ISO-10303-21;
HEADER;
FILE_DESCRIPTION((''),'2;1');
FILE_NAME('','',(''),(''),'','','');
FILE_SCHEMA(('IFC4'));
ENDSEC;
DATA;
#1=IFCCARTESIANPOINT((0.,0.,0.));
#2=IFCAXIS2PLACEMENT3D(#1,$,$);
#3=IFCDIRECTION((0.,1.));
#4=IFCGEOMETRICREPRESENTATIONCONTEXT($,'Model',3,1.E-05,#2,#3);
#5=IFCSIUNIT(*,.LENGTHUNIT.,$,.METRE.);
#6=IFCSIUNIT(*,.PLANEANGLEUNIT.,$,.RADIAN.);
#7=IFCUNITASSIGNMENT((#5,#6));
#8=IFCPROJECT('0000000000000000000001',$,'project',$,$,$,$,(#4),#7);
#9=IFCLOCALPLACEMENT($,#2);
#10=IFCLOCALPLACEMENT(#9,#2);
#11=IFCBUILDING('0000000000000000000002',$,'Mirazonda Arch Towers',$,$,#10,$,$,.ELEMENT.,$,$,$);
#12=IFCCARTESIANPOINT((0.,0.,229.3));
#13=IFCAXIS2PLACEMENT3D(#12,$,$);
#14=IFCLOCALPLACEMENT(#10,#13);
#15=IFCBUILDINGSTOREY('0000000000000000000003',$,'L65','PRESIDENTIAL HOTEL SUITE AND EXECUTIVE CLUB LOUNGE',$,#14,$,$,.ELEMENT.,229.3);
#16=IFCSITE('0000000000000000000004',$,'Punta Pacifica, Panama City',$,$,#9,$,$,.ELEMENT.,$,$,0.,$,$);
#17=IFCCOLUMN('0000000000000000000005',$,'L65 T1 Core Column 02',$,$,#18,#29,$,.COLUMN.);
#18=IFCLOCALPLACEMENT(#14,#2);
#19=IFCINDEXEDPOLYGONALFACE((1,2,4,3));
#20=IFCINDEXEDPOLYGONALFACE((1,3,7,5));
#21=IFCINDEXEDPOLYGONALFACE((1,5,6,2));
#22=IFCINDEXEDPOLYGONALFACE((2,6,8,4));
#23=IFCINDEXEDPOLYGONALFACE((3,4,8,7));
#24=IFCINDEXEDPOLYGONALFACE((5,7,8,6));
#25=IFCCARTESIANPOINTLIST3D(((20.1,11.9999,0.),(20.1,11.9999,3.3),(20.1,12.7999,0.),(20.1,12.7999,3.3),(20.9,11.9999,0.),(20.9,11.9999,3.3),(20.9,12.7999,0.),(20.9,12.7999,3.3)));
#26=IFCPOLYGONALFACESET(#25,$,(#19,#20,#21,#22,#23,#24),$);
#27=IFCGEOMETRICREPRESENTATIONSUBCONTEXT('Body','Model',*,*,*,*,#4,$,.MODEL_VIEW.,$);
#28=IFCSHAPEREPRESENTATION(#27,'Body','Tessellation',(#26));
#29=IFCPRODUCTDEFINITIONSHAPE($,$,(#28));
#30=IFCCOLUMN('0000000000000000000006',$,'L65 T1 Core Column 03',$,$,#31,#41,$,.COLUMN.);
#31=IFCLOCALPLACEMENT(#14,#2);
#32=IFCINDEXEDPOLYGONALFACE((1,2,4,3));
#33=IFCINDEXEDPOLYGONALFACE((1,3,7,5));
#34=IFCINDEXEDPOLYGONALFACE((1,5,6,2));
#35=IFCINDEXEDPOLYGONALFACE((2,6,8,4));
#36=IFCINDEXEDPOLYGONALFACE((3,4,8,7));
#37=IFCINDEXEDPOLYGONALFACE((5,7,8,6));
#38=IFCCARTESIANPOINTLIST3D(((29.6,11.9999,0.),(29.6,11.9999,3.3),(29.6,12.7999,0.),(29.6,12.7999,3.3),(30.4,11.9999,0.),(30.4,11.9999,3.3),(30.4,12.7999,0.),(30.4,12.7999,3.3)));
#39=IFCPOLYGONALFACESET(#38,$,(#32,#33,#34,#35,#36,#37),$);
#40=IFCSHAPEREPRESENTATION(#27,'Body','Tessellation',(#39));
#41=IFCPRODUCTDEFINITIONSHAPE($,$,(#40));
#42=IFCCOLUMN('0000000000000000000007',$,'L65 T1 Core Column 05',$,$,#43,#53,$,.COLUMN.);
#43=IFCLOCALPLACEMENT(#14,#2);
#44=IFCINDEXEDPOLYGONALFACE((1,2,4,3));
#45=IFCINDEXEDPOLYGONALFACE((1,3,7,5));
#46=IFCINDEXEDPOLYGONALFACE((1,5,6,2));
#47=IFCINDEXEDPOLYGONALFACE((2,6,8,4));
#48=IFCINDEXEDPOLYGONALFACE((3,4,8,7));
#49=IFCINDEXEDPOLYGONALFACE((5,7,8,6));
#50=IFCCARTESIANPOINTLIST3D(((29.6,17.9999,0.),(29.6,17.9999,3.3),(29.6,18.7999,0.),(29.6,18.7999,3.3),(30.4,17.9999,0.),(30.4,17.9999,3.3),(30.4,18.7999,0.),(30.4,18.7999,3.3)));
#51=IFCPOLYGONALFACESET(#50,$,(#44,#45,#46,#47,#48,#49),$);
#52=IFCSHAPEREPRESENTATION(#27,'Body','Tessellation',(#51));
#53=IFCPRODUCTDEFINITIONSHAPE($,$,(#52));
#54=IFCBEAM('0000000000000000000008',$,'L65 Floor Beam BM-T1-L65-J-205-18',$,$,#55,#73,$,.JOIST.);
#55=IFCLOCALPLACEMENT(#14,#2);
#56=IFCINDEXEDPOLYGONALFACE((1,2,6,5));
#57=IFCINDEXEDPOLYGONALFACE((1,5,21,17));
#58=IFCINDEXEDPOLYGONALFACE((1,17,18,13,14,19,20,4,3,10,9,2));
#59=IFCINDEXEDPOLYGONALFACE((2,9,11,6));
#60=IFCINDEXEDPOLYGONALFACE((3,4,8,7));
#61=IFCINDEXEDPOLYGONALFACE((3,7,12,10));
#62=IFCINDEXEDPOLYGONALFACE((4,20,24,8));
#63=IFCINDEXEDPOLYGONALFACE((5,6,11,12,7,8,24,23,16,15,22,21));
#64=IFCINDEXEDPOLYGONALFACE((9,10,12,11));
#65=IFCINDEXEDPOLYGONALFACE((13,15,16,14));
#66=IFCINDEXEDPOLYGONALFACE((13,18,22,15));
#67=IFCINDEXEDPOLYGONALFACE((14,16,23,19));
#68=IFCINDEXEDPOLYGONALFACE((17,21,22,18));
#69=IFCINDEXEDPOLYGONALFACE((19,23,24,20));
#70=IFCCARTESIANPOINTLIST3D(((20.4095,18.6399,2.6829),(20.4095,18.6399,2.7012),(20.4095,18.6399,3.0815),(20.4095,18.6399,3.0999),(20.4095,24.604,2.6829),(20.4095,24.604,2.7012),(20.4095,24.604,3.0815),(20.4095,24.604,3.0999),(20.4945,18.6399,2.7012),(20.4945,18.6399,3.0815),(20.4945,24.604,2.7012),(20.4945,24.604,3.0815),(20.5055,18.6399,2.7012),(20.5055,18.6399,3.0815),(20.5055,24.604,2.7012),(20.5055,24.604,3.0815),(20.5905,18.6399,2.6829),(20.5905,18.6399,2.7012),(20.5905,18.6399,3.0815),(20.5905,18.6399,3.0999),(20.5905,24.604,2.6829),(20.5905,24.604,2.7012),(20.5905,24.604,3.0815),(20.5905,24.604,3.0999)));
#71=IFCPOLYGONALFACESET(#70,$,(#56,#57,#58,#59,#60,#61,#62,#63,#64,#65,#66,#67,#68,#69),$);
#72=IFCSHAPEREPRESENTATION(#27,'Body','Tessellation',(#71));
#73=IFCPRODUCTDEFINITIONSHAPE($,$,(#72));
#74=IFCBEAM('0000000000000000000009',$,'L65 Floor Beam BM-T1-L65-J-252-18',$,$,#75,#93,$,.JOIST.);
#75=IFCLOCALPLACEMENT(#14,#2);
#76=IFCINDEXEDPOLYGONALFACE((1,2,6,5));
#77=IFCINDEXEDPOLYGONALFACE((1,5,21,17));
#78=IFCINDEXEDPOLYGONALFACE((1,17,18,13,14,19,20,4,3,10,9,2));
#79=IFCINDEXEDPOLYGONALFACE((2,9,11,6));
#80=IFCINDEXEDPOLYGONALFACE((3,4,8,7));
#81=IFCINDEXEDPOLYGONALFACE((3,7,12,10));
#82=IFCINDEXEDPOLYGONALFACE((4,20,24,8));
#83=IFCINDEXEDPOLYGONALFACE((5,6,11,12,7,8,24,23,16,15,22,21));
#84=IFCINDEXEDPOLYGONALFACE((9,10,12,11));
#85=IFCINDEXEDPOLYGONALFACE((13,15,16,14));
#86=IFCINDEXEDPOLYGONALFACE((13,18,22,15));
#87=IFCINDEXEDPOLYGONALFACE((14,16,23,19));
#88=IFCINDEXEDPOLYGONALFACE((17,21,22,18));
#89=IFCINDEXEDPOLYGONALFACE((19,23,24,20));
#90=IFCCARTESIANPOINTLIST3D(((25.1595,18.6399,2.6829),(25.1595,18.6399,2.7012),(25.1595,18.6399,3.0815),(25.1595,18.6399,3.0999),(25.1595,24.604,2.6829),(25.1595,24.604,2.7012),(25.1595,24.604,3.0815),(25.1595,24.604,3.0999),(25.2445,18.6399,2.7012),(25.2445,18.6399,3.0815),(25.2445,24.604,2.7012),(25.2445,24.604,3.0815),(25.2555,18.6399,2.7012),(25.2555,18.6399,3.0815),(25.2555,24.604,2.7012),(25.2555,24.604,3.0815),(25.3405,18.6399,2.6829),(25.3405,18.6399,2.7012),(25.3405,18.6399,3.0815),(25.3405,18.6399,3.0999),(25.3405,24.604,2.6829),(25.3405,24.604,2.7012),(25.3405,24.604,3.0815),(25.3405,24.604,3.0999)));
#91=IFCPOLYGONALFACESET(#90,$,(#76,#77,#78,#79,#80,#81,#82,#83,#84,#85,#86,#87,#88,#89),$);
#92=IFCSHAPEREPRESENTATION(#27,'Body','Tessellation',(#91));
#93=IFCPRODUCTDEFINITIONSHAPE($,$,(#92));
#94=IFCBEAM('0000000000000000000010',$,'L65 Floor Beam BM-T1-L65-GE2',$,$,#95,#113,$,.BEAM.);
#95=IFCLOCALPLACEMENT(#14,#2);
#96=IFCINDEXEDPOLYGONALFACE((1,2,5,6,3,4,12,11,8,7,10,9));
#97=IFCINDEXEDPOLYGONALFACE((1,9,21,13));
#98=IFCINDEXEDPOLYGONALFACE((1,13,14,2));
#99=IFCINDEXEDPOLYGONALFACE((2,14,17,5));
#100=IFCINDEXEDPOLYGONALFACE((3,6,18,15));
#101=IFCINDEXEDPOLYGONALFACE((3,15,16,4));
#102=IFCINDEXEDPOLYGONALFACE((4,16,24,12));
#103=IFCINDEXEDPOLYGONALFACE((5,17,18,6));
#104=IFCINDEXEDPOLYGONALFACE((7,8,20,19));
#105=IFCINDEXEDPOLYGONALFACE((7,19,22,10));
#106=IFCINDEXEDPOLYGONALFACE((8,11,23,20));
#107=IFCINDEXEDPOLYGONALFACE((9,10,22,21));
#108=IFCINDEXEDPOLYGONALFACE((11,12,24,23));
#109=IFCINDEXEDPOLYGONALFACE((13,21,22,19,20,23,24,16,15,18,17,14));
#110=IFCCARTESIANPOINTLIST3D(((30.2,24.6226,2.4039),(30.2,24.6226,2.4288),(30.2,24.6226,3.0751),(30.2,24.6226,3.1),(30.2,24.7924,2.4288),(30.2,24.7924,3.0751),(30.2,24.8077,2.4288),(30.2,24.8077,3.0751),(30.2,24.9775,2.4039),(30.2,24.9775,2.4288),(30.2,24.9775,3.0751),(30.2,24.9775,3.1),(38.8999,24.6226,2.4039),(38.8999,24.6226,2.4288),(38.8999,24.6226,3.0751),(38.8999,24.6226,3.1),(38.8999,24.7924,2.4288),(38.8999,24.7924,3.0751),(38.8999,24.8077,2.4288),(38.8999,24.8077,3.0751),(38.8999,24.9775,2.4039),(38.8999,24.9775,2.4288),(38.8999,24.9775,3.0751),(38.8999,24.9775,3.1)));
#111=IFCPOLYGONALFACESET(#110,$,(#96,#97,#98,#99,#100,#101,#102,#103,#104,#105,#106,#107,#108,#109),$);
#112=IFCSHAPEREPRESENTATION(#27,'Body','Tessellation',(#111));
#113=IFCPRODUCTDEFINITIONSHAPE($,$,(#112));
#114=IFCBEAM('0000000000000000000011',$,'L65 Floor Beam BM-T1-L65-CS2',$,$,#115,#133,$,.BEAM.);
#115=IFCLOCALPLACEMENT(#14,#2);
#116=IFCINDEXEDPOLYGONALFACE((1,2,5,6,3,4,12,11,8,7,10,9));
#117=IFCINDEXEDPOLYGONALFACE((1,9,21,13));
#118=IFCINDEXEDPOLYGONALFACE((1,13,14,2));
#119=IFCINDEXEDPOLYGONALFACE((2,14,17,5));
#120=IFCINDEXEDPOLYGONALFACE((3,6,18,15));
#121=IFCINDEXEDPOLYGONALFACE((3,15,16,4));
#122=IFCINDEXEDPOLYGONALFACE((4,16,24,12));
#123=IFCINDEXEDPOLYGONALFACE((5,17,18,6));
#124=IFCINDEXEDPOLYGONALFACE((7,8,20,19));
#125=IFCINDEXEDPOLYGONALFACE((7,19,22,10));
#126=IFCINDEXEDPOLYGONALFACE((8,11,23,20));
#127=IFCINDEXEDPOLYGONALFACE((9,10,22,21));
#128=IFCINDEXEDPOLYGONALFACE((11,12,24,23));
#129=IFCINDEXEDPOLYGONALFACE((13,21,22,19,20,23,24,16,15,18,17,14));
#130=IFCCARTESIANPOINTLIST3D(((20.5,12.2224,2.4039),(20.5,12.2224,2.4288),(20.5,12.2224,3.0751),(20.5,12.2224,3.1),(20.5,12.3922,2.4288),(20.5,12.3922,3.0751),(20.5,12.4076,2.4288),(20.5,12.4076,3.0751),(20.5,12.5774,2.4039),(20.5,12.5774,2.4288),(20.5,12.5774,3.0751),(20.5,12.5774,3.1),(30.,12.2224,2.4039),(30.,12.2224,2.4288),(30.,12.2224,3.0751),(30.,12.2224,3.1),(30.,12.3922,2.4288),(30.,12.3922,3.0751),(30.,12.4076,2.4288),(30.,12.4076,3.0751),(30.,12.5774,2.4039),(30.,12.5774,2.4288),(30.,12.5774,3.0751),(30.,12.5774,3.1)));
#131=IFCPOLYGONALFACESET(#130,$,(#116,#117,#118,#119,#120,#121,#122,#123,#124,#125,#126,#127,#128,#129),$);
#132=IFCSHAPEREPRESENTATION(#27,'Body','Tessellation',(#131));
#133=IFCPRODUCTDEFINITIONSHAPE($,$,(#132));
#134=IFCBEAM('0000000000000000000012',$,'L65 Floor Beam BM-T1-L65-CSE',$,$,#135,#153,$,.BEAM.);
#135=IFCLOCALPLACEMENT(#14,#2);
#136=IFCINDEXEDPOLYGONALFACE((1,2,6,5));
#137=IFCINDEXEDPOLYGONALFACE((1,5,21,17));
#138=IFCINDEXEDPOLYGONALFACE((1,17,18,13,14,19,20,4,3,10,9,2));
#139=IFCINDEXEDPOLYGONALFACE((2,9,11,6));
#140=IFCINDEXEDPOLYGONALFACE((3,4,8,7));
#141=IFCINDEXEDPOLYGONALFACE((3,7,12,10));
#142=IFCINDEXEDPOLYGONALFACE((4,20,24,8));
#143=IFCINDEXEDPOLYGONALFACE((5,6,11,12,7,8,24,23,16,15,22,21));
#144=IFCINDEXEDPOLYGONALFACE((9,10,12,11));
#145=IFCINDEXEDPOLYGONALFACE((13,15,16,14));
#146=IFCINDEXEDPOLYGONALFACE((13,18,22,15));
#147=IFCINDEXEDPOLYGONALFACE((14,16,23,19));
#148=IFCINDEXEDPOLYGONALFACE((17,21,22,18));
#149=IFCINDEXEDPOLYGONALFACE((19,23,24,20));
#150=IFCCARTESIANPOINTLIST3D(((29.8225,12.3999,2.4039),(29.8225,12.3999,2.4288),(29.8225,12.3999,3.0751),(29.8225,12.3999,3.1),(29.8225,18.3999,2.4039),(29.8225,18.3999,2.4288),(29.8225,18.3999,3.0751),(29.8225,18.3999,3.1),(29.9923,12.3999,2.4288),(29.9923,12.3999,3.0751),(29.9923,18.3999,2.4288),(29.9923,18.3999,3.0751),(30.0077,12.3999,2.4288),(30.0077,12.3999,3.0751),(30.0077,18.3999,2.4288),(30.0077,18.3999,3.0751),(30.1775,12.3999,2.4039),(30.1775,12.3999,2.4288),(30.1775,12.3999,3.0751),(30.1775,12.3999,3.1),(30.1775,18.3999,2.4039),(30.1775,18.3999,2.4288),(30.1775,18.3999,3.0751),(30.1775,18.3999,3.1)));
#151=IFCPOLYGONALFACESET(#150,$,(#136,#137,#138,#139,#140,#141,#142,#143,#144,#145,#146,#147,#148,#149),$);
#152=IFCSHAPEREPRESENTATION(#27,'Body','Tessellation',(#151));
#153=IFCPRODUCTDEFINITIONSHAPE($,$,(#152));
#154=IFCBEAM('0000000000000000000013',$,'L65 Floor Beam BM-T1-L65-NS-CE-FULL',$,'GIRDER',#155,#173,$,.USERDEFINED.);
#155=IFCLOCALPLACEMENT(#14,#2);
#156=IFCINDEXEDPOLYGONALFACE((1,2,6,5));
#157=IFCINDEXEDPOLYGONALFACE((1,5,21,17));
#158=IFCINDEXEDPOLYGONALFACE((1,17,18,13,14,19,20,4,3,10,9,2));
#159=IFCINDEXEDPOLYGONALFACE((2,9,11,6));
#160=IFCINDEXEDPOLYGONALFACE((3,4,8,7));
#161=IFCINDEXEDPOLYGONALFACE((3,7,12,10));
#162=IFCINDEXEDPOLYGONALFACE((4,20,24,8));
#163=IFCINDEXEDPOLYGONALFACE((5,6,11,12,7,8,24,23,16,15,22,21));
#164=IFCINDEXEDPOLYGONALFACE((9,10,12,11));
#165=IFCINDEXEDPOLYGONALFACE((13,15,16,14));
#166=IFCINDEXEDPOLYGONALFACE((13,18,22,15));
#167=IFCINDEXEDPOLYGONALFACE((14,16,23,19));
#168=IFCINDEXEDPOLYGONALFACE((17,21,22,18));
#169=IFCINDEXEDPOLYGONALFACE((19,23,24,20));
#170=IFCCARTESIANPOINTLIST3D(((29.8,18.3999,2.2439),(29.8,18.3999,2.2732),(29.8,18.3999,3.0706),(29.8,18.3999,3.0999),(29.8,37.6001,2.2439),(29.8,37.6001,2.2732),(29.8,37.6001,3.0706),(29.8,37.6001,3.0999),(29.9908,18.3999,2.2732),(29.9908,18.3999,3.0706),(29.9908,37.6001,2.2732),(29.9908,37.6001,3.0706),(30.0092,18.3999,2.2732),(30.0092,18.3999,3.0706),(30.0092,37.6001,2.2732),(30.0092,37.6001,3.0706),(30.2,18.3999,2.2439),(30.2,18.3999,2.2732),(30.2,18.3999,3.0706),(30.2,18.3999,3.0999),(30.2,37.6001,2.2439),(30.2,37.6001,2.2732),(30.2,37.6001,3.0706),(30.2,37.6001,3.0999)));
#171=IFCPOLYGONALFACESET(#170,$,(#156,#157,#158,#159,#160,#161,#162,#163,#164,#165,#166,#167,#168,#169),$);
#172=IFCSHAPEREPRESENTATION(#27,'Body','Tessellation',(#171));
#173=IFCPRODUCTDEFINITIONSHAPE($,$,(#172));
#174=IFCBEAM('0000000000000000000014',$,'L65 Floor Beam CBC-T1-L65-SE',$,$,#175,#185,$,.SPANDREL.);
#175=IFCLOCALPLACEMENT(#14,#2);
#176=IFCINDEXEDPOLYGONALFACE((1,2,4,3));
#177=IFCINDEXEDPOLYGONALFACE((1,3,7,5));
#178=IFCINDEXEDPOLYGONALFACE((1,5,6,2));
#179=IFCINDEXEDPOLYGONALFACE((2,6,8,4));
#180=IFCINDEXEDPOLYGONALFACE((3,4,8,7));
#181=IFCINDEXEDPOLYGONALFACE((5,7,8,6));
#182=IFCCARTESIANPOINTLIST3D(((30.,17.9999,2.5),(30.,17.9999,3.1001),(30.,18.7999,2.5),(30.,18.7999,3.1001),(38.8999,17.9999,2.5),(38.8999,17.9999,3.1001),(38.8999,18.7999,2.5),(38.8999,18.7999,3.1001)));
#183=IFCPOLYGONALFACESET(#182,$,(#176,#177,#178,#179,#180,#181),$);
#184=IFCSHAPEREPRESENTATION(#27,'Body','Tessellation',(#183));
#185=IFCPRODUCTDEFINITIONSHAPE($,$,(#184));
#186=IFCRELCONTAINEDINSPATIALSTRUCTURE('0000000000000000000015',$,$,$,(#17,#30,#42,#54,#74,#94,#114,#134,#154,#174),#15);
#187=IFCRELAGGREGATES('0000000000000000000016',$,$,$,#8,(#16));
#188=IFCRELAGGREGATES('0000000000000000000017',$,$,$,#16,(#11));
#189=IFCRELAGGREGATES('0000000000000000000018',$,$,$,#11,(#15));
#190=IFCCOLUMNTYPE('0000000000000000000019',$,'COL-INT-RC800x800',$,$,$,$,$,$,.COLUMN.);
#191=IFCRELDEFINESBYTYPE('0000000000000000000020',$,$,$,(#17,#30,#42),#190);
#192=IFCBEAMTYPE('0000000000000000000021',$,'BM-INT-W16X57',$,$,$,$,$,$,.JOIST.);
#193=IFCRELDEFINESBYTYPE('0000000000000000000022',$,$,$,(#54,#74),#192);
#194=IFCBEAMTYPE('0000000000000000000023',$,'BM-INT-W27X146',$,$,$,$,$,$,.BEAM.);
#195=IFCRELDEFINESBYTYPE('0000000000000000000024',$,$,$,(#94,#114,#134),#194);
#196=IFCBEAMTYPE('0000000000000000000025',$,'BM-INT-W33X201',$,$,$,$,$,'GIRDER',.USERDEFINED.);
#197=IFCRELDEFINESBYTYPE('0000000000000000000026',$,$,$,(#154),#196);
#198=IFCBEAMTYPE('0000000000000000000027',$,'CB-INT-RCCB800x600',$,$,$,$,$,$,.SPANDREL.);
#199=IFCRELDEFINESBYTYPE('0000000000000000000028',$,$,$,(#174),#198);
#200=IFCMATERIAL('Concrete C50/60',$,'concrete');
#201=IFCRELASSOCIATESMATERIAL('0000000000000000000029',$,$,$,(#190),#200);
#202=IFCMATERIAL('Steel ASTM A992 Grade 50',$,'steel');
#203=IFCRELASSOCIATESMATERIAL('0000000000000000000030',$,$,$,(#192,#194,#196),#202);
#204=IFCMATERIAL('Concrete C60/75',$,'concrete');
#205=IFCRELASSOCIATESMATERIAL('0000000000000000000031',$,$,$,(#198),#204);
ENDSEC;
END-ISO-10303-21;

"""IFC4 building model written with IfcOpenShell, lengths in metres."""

from ifc_helpers import new_model, si_unit, direction, frame, origin, origin_2d, place, context, subcontext, project, spatial, rectangle, i_section, extrude, material, material_profile, profile_set, type_object, element, save


model = new_model("IFC4")

# Units and contexts
model_context = context("Model", 3, precision=1e-05, world=origin(), true_north=direction((0.0, 1.0)))
body_context = subcontext(model_context, "Body", "Model", "MODEL_VIEW")
ifc_project = project(units=[si_unit("LENGTHUNIT", "METRE"), si_unit("PLANEANGLEUNIT", "RADIAN")], contexts=[model_context])

# Site, building, storey
site_placement = place(None, origin())
site = spatial("IfcSite", under=ifc_project, at=site_placement, Name="Punta Pacifica, Panama City", CompositionType="ELEMENT", RefElevation=0.0)
building_placement = place(site_placement, origin())
building = spatial("IfcBuilding", under=site, at=building_placement, Name="Mirazonda Arch Towers", CompositionType="ELEMENT")
storey_placement = place(building_placement, frame((0.0, 0.0, 229.3)))
storey = spatial("IfcBuildingStorey", under=building, at=storey_placement, Name="L65", Description="PRESIDENTIAL HOTEL SUITE AND EXECUTIVE CLUB LOUNGE", CompositionType="ELEMENT", Elevation=229.3)

# Columns
ifc_material_1 = material(Name="Concrete C50/60", Category="concrete")
ifc_material_profile_1 = material_profile(ifc_material_1, rectangle(XDim=0.8, YDim=0.8, at=origin_2d()), Name="RC800x800")
ifc_profile_set_1 = profile_set([ifc_material_profile_1], Name="Concrete C50/60")
column_type = type_object("IfcColumnType", Name="COL-INT-RC800x800", PredefinedType="COLUMN", material=ifc_profile_set_1)
for number, where, z_axis, x_axis, name in (
    (1, (20.5, 12.3999, 0.0), (0.0, 0.0, 1.0), (1.0, 0.0, 0.0), "L65 T1 Core Column 02"),
    (2, (30.0, 12.3999, 0.0), (0.0, 0.0, 1.0), (1.0, 0.0, 0.0), "L65 T1 Core Column 03"),
    (3, (30.0, 18.3999, 0.0), (0.0, 0.0, 1.0), (1.0, 0.0, 0.0), "L65 T1 Core Column 05"),
):
    element("IfcColumn", number, at=place(storey_placement, frame(where, z_axis=z_axis, x_axis=x_axis)), inside=storey, type_object=column_type, Name=name, PredefinedType="COLUMN", context=body_context, shape_type="SweptSolid", body=[
        extrude(rectangle(XDim=0.8, YDim=0.8, at=origin_2d()), origin(), (0.0, 0.0, 1.0), 3.3),
    ])

# Beams
ifc_material_2 = material(Name="Steel ASTM A992 Grade 50", Category="steel")
ifc_material_profile_2 = material_profile(ifc_material_2, i_section(OverallWidth=0.1809, OverallDepth=0.417, WebThickness=0.011, FlangeThickness=0.0183, at=origin_2d()), Name="W16X57")
ifc_profile_set_2 = profile_set([ifc_material_profile_2], Name="Steel ASTM A992 Grade 50")
beam_type_1 = type_object("IfcBeamType", Name="BM-INT-W16X57", PredefinedType="JOIST", material=ifc_profile_set_2)
for number, where, z_axis, x_axis, name in (
    (4, (20.5, 18.6399, 2.8914), (0.0, 1.0, 0.0), (-1.0, 0.0, 0.0), "L65 Floor Beam BM-T1-L65-J-205-18"),
    (5, (25.25, 18.6399, 2.8914), (0.0, 1.0, 0.0), (-1.0, 0.0, 0.0), "L65 Floor Beam BM-T1-L65-J-252-18"),
):
    element("IfcBeam", number, at=place(storey_placement, frame(where, z_axis=z_axis, x_axis=x_axis)), inside=storey, type_object=beam_type_1, Name=name, PredefinedType="JOIST", context=body_context, shape_type="SweptSolid", body=[
        extrude(i_section(OverallWidth=0.1809, OverallDepth=0.417, WebThickness=0.011, FlangeThickness=0.0183, at=origin_2d()), origin(), (0.0, 0.0, 1.0), 5.9641),
    ])
ifc_material_profile_3 = material_profile(ifc_material_2, i_section(OverallWidth=0.355, OverallDepth=0.696, WebThickness=0.0154, FlangeThickness=0.0249, at=origin_2d()), Name="W27X146")
ifc_profile_set_3 = profile_set([ifc_material_profile_3], Name="Steel ASTM A992 Grade 50")
beam_type_2 = type_object("IfcBeamType", Name="BM-INT-W27X146", PredefinedType="BEAM", material=ifc_profile_set_3)
beam_1_placement = place(storey_placement, frame((30.2, 24.8, 2.752), z_axis=(1.0, 0.0, 0.0), x_axis=(0.0, 1.0, 0.0)))
element("IfcBeam", 6, at=beam_1_placement, inside=storey, type_object=beam_type_2, Name="L65 Floor Beam BM-T1-L65-GE2", PredefinedType="BEAM", context=body_context, shape_type="SweptSolid", body=[
    extrude(i_section(OverallWidth=0.355, OverallDepth=0.696, WebThickness=0.0154, FlangeThickness=0.0249, at=origin_2d()), origin(), (0.0, 0.0, 1.0), 8.7),
])
beam_2_placement = place(storey_placement, frame((20.5, 12.3999, 2.752), z_axis=(1.0, 0.0, 0.0), x_axis=(0.0, 1.0, 0.0)))
element("IfcBeam", 7, at=beam_2_placement, inside=storey, type_object=beam_type_2, Name="L65 Floor Beam BM-T1-L65-CS2", PredefinedType="BEAM", context=body_context, shape_type="SweptSolid", body=[
    extrude(i_section(OverallWidth=0.355, OverallDepth=0.696, WebThickness=0.0154, FlangeThickness=0.0249, at=origin_2d()), origin(), (0.0, 0.0, 1.0), 9.5),
])
beam_3_placement = place(storey_placement, frame((30.0, 12.3999, 2.752), z_axis=(0.0, 1.0, 0.0), x_axis=(-1.0, 0.0, 0.0)))
element("IfcBeam", 8, at=beam_3_placement, inside=storey, type_object=beam_type_2, Name="L65 Floor Beam BM-T1-L65-CSE", PredefinedType="BEAM", context=body_context, shape_type="SweptSolid", body=[
    extrude(i_section(OverallWidth=0.355, OverallDepth=0.696, WebThickness=0.0154, FlangeThickness=0.0249, at=origin_2d()), origin(), (0.0, 0.0, 1.0), 6.0),
])
ifc_material_profile_4 = material_profile(ifc_material_2, i_section(OverallWidth=0.3999, OverallDepth=0.856, WebThickness=0.0183, FlangeThickness=0.0293, at=origin_2d()), Name="W33X201")
ifc_profile_set_4 = profile_set([ifc_material_profile_4], Name="Steel ASTM A992 Grade 50")
beam_type_3 = type_object("IfcBeamType", Name="BM-INT-W33X201", ElementType="GIRDER", PredefinedType="USERDEFINED", material=ifc_profile_set_4)
beam_4_placement = place(storey_placement, frame((30.0, 18.3999, 2.6719), z_axis=(0.0, 1.0, 0.0), x_axis=(-1.0, 0.0, 0.0)))
element("IfcBeam", 9, at=beam_4_placement, inside=storey, type_object=beam_type_3, Name="L65 Floor Beam BM-T1-L65-NS-CE-FULL", ObjectType="GIRDER", PredefinedType="USERDEFINED", context=body_context, shape_type="SweptSolid", body=[
    extrude(i_section(OverallWidth=0.3999, OverallDepth=0.856, WebThickness=0.0183, FlangeThickness=0.0293, at=origin_2d()), origin(), (0.0, 0.0, 1.0), 19.2002),
])
ifc_material_3 = material(Name="Concrete C60/75", Category="concrete")
ifc_material_profile_5 = material_profile(ifc_material_3, rectangle(XDim=0.8, YDim=0.6001, at=origin_2d()), Name="RCCB800x600")
ifc_profile_set_5 = profile_set([ifc_material_profile_5], Name="Concrete C60/75")
beam_type_4 = type_object("IfcBeamType", Name="CB-INT-RCCB800x600", PredefinedType="SPANDREL", material=ifc_profile_set_5)
beam_5_placement = place(storey_placement, frame((30.0, 18.3999, 2.8), z_axis=(1.0, 0.0, 0.0), x_axis=(0.0, 1.0, 0.0)))
element("IfcBeam", 10, at=beam_5_placement, inside=storey, type_object=beam_type_4, Name="L65 Floor Beam CBC-T1-L65-SE", PredefinedType="SPANDREL", context=body_context, shape_type="SweptSolid", body=[
    extrude(rectangle(XDim=0.8, YDim=0.6001, at=origin_2d()), origin(), (0.0, 0.0, 1.0), 8.8999),
])

save(model, "model.ifc")
